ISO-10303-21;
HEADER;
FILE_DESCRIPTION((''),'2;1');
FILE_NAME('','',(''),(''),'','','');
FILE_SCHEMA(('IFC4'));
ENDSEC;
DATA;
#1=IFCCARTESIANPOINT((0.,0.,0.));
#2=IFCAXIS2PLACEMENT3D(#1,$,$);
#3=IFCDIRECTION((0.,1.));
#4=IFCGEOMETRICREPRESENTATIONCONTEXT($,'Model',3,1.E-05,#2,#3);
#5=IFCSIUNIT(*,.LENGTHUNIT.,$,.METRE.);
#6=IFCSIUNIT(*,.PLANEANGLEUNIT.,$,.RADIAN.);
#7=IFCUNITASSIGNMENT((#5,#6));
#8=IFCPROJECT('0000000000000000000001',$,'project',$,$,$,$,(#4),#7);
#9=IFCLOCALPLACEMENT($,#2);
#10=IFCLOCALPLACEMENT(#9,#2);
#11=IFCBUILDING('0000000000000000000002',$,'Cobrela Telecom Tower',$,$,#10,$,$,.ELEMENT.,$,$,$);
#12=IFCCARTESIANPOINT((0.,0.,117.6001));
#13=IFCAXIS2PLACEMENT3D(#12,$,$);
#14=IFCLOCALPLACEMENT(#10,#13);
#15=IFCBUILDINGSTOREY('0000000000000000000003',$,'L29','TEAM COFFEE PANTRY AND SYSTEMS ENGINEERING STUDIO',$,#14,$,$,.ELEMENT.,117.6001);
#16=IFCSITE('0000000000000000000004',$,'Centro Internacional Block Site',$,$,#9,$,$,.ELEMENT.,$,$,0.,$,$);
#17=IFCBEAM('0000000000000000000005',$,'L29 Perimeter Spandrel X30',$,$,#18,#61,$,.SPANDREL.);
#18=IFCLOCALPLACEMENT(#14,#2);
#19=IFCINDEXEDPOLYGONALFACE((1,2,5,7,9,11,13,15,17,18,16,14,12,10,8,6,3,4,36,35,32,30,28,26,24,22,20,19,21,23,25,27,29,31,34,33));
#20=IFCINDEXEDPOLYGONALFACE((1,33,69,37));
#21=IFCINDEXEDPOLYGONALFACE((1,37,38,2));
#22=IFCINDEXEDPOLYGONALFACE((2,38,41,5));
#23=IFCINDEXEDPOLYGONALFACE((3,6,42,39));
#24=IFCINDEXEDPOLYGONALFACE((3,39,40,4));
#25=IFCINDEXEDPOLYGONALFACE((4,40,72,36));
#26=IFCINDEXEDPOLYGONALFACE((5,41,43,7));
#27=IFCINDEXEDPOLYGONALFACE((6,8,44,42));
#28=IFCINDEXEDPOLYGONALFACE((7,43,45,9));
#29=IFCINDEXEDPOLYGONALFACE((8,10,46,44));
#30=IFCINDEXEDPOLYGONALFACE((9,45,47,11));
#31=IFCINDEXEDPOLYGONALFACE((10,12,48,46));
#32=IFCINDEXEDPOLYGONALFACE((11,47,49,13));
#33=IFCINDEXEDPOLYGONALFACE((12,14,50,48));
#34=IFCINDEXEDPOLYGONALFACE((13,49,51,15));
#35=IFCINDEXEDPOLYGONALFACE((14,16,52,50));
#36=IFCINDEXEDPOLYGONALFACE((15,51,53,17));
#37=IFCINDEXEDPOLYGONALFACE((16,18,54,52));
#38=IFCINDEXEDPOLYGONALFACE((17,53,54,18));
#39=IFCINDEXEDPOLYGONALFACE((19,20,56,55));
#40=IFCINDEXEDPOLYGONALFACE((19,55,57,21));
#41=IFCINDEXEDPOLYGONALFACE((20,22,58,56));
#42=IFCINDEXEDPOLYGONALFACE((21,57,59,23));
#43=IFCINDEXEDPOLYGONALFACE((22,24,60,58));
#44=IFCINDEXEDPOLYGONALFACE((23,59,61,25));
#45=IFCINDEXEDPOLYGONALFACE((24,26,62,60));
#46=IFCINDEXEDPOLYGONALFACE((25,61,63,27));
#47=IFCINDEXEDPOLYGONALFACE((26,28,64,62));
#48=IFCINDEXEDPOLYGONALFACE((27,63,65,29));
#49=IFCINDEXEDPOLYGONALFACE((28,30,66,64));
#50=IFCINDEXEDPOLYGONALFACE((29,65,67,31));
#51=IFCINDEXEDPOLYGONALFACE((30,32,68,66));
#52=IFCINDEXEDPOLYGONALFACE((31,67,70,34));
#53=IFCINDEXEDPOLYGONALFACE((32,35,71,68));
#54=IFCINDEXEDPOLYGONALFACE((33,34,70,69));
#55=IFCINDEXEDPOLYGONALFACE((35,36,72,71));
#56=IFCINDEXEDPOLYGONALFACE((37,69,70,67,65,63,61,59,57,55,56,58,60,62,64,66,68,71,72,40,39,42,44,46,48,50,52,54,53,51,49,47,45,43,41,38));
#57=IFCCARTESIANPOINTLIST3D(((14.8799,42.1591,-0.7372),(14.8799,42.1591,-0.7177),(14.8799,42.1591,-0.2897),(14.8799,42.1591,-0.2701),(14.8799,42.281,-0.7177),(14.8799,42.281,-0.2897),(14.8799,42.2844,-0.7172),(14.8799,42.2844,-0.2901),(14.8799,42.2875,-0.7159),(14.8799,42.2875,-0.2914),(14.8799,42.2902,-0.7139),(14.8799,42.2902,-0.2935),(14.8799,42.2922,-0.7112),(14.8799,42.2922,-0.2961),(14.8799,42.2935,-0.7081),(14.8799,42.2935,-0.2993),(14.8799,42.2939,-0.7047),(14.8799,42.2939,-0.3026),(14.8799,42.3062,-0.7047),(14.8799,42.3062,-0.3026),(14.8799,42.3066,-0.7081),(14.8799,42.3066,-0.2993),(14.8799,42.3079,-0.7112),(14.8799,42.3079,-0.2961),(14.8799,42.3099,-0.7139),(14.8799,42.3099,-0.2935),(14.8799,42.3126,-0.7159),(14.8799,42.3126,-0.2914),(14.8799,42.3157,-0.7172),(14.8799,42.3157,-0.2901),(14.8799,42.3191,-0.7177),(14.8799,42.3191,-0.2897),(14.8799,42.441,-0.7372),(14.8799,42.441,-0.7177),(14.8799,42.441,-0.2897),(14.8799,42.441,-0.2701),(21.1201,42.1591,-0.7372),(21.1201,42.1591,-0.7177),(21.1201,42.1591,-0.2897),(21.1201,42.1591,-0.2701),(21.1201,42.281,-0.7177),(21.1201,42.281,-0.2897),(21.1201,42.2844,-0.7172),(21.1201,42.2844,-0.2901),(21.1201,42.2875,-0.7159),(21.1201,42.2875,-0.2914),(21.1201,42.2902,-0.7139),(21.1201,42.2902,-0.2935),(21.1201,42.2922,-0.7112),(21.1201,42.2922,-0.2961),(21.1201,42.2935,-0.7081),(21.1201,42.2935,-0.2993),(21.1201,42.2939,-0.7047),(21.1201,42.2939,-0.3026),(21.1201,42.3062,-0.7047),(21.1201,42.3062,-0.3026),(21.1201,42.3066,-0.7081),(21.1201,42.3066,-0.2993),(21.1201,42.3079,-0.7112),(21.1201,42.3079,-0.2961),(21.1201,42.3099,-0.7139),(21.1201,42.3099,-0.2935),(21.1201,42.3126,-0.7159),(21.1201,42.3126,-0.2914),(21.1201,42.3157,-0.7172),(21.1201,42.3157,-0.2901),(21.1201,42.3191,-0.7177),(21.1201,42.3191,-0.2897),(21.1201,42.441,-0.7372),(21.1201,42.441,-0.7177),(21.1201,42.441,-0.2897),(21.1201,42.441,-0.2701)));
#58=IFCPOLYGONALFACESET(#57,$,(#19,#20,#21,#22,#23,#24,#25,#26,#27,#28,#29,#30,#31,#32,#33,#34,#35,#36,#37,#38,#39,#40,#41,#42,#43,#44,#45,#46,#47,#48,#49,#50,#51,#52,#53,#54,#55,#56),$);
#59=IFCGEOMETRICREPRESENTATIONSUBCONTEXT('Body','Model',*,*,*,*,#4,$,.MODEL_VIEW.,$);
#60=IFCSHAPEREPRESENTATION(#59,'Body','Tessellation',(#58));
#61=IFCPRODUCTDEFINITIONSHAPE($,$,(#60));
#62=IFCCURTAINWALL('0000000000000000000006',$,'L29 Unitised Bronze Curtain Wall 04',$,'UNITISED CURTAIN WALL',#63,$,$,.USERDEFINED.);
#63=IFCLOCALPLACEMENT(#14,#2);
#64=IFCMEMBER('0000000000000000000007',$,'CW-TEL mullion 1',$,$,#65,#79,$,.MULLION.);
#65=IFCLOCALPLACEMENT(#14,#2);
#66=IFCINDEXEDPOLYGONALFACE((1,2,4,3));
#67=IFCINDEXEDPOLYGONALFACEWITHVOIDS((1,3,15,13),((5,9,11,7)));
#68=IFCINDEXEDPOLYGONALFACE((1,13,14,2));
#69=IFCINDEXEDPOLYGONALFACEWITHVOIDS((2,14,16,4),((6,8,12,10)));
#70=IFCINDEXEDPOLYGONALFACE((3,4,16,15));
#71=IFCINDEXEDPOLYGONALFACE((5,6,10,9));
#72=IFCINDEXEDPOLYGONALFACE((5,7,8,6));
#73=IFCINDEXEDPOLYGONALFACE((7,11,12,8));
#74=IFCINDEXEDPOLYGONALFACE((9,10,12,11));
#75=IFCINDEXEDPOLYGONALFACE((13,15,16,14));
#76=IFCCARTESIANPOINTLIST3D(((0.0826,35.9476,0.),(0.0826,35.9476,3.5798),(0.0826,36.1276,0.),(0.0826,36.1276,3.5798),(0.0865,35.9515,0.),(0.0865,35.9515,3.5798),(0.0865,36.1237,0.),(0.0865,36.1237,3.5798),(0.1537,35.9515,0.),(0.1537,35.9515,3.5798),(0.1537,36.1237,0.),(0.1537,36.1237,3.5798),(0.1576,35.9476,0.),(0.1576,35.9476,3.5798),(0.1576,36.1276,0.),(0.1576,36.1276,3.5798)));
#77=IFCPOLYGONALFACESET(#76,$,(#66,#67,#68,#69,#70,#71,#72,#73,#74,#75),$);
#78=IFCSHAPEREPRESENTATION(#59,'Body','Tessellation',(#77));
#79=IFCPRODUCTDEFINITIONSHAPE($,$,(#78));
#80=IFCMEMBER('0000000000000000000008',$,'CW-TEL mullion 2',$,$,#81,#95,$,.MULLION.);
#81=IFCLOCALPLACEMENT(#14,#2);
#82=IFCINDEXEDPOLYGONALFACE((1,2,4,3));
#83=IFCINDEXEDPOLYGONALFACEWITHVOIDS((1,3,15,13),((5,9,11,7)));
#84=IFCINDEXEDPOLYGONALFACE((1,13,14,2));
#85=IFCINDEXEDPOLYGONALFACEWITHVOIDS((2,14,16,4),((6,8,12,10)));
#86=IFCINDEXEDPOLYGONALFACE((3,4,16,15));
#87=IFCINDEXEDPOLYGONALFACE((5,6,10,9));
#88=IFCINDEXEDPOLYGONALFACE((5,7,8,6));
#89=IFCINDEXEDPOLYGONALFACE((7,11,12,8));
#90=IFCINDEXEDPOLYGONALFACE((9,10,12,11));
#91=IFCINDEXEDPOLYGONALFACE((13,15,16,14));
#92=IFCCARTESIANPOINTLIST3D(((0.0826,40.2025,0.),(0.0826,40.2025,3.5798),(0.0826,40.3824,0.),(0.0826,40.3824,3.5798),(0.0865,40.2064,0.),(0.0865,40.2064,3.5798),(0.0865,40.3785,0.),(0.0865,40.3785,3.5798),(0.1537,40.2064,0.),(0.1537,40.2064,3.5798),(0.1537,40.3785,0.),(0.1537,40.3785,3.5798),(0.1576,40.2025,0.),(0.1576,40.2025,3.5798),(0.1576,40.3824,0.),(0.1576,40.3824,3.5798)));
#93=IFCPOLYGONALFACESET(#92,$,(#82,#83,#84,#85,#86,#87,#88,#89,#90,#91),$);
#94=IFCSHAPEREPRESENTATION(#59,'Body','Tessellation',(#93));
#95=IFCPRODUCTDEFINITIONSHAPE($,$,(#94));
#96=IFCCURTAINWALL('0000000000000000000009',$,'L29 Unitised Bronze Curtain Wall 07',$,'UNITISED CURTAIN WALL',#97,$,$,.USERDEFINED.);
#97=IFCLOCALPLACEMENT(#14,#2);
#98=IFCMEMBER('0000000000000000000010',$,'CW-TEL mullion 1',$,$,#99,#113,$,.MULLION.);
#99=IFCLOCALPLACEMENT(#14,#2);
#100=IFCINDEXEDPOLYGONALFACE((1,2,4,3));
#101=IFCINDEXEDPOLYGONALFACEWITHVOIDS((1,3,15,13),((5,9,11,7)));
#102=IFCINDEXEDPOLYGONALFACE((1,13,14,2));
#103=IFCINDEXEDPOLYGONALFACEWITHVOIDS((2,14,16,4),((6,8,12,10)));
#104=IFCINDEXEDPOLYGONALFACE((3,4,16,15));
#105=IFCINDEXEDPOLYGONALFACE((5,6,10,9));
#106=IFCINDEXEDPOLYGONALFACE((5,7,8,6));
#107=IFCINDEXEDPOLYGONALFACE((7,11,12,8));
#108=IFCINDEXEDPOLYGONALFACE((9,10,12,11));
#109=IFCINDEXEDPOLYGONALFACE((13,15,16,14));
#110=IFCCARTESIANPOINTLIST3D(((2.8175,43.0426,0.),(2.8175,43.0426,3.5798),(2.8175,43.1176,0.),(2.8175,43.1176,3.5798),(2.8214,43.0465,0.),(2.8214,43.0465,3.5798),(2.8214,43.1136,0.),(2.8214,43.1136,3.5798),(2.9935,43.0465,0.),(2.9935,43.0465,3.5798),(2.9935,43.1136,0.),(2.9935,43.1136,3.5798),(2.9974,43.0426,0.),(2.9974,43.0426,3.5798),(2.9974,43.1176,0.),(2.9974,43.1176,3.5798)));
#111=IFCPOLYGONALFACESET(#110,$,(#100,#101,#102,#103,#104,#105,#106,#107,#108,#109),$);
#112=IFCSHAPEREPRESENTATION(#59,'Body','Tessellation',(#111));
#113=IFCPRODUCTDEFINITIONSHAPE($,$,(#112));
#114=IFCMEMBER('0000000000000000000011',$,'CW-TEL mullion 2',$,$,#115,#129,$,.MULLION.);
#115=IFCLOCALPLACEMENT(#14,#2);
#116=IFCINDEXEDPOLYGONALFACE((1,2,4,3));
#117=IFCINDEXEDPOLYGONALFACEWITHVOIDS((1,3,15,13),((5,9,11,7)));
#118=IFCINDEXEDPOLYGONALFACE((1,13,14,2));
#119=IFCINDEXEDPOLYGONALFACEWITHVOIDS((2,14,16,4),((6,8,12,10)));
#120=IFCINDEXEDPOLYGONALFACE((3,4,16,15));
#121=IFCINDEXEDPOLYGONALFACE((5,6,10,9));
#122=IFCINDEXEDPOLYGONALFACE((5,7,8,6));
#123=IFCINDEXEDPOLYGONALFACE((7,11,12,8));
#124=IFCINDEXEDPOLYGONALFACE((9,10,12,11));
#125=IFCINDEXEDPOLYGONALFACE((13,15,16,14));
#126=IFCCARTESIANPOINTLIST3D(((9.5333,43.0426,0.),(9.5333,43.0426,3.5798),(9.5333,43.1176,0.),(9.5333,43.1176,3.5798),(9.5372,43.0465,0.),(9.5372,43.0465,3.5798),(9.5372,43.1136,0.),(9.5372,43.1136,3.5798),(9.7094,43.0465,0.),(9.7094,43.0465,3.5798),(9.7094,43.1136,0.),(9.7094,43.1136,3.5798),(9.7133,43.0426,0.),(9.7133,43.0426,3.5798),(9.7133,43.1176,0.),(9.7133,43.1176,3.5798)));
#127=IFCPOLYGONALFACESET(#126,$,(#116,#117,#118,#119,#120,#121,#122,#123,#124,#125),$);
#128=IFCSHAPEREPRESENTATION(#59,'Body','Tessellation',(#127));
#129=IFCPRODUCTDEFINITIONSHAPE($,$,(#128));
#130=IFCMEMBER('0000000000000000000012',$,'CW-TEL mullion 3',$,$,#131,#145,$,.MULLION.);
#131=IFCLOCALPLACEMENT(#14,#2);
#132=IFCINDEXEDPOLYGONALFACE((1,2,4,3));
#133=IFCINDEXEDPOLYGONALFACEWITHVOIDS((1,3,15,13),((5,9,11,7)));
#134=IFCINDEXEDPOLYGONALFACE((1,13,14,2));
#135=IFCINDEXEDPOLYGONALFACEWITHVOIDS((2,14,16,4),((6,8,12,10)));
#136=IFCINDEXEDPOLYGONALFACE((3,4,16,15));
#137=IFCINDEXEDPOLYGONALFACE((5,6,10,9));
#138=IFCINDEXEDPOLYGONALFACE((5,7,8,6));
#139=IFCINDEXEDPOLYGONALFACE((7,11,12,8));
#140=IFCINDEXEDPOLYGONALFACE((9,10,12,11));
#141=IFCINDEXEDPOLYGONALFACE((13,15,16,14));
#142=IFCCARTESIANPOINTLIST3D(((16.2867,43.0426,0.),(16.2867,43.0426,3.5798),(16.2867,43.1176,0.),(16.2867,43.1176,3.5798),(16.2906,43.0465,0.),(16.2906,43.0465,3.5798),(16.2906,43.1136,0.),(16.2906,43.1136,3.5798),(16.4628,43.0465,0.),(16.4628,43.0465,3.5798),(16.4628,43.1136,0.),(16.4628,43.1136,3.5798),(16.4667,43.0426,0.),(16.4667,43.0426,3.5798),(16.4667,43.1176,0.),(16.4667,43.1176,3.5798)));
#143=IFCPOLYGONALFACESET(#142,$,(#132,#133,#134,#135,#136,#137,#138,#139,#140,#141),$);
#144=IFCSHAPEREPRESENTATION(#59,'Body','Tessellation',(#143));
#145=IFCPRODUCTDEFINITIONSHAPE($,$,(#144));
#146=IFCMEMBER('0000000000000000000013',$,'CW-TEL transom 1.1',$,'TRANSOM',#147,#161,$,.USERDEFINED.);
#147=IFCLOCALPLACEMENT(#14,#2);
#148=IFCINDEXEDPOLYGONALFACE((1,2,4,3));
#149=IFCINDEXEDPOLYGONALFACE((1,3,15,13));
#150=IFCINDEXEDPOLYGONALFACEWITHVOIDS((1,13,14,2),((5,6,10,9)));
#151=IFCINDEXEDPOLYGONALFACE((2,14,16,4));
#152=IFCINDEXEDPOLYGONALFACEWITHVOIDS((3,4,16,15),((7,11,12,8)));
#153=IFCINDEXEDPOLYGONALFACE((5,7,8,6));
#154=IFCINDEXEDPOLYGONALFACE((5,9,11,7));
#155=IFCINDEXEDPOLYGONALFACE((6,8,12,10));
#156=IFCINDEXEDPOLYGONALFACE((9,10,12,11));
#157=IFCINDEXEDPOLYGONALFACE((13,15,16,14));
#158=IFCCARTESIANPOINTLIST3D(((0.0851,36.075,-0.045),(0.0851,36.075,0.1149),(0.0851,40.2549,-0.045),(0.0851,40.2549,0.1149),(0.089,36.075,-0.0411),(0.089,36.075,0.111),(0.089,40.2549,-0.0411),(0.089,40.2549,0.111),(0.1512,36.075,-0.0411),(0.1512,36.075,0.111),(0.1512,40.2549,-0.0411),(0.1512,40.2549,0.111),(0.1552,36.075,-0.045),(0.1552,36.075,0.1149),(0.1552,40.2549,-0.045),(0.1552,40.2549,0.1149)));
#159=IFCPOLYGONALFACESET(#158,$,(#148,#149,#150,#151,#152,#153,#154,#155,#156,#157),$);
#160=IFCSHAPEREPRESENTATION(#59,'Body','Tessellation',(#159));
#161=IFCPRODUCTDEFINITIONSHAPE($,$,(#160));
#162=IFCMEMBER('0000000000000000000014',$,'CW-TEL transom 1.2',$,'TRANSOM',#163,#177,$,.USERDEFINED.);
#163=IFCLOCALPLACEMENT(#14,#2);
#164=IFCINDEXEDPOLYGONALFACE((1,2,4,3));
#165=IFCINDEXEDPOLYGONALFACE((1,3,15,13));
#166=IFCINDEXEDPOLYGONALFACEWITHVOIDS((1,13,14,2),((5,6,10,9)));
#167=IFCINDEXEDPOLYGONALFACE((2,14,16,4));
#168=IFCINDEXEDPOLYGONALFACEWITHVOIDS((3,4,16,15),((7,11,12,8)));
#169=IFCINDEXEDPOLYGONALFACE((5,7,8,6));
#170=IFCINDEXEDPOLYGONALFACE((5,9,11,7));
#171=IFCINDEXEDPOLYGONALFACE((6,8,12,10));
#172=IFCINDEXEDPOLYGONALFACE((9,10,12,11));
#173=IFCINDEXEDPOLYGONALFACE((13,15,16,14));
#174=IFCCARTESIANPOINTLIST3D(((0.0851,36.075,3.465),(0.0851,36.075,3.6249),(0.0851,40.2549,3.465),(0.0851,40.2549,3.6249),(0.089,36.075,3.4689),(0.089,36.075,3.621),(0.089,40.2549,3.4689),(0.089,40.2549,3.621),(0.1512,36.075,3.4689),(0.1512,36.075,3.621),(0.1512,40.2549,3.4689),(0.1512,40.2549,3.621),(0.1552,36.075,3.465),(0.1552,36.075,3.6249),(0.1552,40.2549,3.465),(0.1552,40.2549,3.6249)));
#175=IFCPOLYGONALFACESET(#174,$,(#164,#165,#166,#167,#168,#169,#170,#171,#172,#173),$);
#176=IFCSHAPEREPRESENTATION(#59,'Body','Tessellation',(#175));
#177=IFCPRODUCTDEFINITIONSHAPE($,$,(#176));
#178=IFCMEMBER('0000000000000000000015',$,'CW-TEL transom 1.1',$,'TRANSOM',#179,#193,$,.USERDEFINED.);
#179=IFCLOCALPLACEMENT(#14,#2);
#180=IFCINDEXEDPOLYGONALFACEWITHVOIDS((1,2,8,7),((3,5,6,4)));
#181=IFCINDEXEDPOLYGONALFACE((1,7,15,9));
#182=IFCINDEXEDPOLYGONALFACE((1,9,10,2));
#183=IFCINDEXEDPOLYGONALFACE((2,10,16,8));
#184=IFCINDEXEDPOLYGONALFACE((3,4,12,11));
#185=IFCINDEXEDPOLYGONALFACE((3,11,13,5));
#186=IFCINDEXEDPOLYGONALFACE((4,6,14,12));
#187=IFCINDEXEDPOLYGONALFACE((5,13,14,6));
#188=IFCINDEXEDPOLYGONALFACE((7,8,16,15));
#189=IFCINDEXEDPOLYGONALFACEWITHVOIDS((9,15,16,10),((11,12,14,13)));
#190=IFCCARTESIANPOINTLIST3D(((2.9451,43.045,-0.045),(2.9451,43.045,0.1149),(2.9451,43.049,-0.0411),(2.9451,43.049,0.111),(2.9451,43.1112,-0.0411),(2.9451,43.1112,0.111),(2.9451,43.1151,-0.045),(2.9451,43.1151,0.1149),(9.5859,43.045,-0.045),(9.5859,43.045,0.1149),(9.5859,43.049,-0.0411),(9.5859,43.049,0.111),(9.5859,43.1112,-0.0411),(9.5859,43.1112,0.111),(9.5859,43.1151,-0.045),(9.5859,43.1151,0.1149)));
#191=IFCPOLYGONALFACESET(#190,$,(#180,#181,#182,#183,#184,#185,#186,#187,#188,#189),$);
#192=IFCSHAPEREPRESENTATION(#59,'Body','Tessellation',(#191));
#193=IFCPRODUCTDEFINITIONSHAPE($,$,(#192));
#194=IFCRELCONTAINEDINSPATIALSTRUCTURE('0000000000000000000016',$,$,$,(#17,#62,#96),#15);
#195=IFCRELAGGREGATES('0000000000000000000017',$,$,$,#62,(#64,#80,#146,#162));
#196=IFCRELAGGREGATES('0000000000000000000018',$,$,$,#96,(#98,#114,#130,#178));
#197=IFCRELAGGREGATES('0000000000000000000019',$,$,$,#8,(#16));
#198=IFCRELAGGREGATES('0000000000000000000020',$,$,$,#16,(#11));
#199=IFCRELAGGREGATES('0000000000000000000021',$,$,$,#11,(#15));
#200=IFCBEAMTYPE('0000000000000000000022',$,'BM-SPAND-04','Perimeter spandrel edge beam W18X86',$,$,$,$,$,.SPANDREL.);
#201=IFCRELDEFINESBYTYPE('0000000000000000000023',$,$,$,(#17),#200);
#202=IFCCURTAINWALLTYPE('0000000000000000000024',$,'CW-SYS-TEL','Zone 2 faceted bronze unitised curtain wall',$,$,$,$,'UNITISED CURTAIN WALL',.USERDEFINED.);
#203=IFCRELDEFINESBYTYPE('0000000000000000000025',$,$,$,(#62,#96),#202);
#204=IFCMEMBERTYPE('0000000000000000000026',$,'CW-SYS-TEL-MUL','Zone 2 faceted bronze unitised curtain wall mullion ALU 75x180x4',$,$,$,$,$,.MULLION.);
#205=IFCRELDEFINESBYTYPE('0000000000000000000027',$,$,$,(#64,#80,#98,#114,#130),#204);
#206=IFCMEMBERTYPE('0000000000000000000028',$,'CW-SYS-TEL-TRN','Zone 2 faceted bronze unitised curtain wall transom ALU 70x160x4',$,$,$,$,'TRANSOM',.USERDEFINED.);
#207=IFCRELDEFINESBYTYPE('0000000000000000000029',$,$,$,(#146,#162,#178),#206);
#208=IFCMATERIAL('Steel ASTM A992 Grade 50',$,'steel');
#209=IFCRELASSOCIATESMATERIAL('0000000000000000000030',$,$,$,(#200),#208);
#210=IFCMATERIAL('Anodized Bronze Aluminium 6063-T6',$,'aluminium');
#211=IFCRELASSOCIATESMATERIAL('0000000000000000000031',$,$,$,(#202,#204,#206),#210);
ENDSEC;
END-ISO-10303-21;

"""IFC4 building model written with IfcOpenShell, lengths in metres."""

from ifc_helpers import new_model, si_unit, direction, frame, origin, origin_2d, place, context, subcontext, project, spatial, hollow_rectangle, i_section, extrude, material, material_profile, profile_set, type_object, element, aggregate, save


model = new_model("IFC4")

# Units and contexts
model_context = context("Model", 3, precision=1e-05, world=origin(), true_north=direction((0.0, 1.0)))
body_context = subcontext(model_context, "Body", "Model", "MODEL_VIEW")
ifc_project = project(units=[si_unit("LENGTHUNIT", "METRE"), si_unit("PLANEANGLEUNIT", "RADIAN")], contexts=[model_context])

# Site, building, storey
site_placement = place(None, origin())
site = spatial("IfcSite", under=ifc_project, at=site_placement, Name="Centro Internacional Block Site", CompositionType="ELEMENT", RefElevation=0.0)
building_placement = place(site_placement, origin())
building = spatial("IfcBuilding", under=site, at=building_placement, Name="Cobrela Telecom Tower", CompositionType="ELEMENT")
storey_placement = place(building_placement, frame((0.0, 0.0, 117.6001)))
storey = spatial("IfcBuildingStorey", under=building, at=storey_placement, Name="L29", Description="TEAM COFFEE PANTRY AND SYSTEMS ENGINEERING STUDIO", CompositionType="ELEMENT", Elevation=117.6001)

# Beam
ifc_material_1 = material(Name="Steel ASTM A992 Grade 50", Category="steel")
ifc_material_profile_1 = material_profile(ifc_material_1, i_section(OverallWidth=0.282, OverallDepth=0.467, WebThickness=0.0122, FlangeThickness=0.0195, FilletRadius=0.0129, at=origin_2d()), Name="W18X86")
ifc_profile_set_1 = profile_set([ifc_material_profile_1], Name="Steel ASTM A992 Grade 50")
beam_type_1 = type_object("IfcBeamType", Name="BM-SPAND-04", Description="Perimeter spandrel edge beam W18X86", PredefinedType="SPANDREL", material=ifc_profile_set_1)
beam_1_placement = place(storey_placement, frame((14.8799, 42.3, -0.5037), z_axis=(1.0, 0.0, 0.0), x_axis=(0.0, 1.0, 0.0)))
element("IfcBeam", 1, at=beam_1_placement, inside=storey, type_object=beam_type_1, Name="L29 Perimeter Spandrel X30", PredefinedType="SPANDREL", context=body_context, shape_type="SweptSolid", body=[
    extrude(i_section(OverallWidth=0.282, OverallDepth=0.467, WebThickness=0.0122, FlangeThickness=0.0195, FilletRadius=0.0129, at=origin_2d()), origin(), (0.0, 0.0, 1.0), 6.2402),
])

# Curtain walls, members
ifc_material_2 = material(Name="Anodized Bronze Aluminium 6063-T6", Category="aluminium")
curtain_wall_type = type_object("IfcCurtainWallType", Name="CW-SYS-TEL", Description="Zone 2 faceted bronze unitised curtain wall", ElementType="UNITISED CURTAIN WALL", PredefinedType="USERDEFINED", material=ifc_material_2)
curtain_wall_1_placement = place(storey_placement, origin())
curtain_wall_1 = element("IfcCurtainWall", 2, at=curtain_wall_1_placement, inside=storey, type_object=curtain_wall_type, Name="L29 Unitised Bronze Curtain Wall 04", ObjectType="UNITISED CURTAIN WALL", PredefinedType="USERDEFINED")
ifc_material_profile_2 = material_profile(ifc_material_2, hollow_rectangle(XDim=0.075, YDim=0.1799, WallThickness=0.0039, at=origin_2d()), Name="ALU 75x180x4")
ifc_profile_set_2 = profile_set([ifc_material_profile_2], Name="Anodized Bronze Aluminium 6063-T6")
member_type_1 = type_object("IfcMemberType", Name="CW-SYS-TEL-MUL", Description="Zone 2 faceted bronze unitised curtain wall mullion ALU 75x180x4", PredefinedType="MULLION", material=ifc_profile_set_2)
member_1_placement = place(storey_placement, frame((0.1201, 36.0376, 0.0), z_axis=(0.0, 0.0, 1.0), x_axis=(-1.0, 0.0, 0.0)))
member_1 = element("IfcMember", 3, at=member_1_placement, type_object=member_type_1, Name="CW-TEL mullion 1", PredefinedType="MULLION", context=body_context, shape_type="SweptSolid", body=[
    extrude(hollow_rectangle(XDim=0.075, YDim=0.1799, WallThickness=0.0039, at=origin_2d()), origin(), (0.0, 0.0, 1.0), 3.5798),
])
member_2_placement = place(storey_placement, frame((0.1201, 40.2925, 0.0), z_axis=(0.0, 0.0, 1.0), x_axis=(-1.0, 0.0, 0.0)))
member_2 = element("IfcMember", 4, at=member_2_placement, type_object=member_type_1, Name="CW-TEL mullion 2", PredefinedType="MULLION", context=body_context, shape_type="SweptSolid", body=[
    extrude(hollow_rectangle(XDim=0.075, YDim=0.1799, WallThickness=0.0039, at=origin_2d()), origin(), (0.0, 0.0, 1.0), 3.5798),
])
curtain_wall_2_placement = place(storey_placement, origin())
curtain_wall_2 = element("IfcCurtainWall", 5, at=curtain_wall_2_placement, inside=storey, type_object=curtain_wall_type, Name="L29 Unitised Bronze Curtain Wall 07", ObjectType="UNITISED CURTAIN WALL", PredefinedType="USERDEFINED")
member_3_placement = place(storey_placement, frame((2.9075, 43.0801, 0.0), z_axis=(0.0, 0.0, 1.0), x_axis=(0.0, 1.0, 0.0)))
member_3 = element("IfcMember", 6, at=member_3_placement, type_object=member_type_1, Name="CW-TEL mullion 1", PredefinedType="MULLION", context=body_context, shape_type="SweptSolid", body=[
    extrude(hollow_rectangle(XDim=0.075, YDim=0.1799, WallThickness=0.0039, at=origin_2d()), origin(), (0.0, 0.0, 1.0), 3.5798),
])
member_4_placement = place(storey_placement, frame((9.6233, 43.0801, 0.0), z_axis=(0.0, 0.0, 1.0), x_axis=(0.0, 1.0, 0.0)))
member_4 = element("IfcMember", 7, at=member_4_placement, type_object=member_type_1, Name="CW-TEL mullion 2", PredefinedType="MULLION", context=body_context, shape_type="SweptSolid", body=[
    extrude(hollow_rectangle(XDim=0.075, YDim=0.1799, WallThickness=0.0039, at=origin_2d()), origin(), (0.0, 0.0, 1.0), 3.5798),
])
member_5_placement = place(storey_placement, frame((16.3767, 43.0801, 0.0), z_axis=(0.0, 0.0, 1.0), x_axis=(0.0, 1.0, 0.0)))
member_5 = element("IfcMember", 8, at=member_5_placement, type_object=member_type_1, Name="CW-TEL mullion 3", PredefinedType="MULLION", context=body_context, shape_type="SweptSolid", body=[
    extrude(hollow_rectangle(XDim=0.075, YDim=0.1799, WallThickness=0.0039, at=origin_2d()), origin(), (0.0, 0.0, 1.0), 3.5798),
])

# Members
ifc_material_profile_3 = material_profile(ifc_material_2, hollow_rectangle(XDim=0.0701, YDim=0.1599, WallThickness=0.0039, at=origin_2d()), Name="ALU 70x160x4")
ifc_profile_set_3 = profile_set([ifc_material_profile_3], Name="Anodized Bronze Aluminium 6063-T6")
member_type_2 = type_object("IfcMemberType", Name="CW-SYS-TEL-TRN", Description="Zone 2 faceted bronze unitised curtain wall transom ALU 70x160x4", ElementType="TRANSOM", PredefinedType="USERDEFINED", material=ifc_profile_set_3)
member_6_placement = place(storey_placement, frame((0.1201, 36.075, 0.0349), z_axis=(0.0, 1.0, 0.0), x_axis=(-1.0, 0.0, 0.0)))
member_6 = element("IfcMember", 9, at=member_6_placement, type_object=member_type_2, Name="CW-TEL transom 1.1", ObjectType="TRANSOM", PredefinedType="USERDEFINED", context=body_context, shape_type="SweptSolid", body=[
    extrude(hollow_rectangle(XDim=0.0701, YDim=0.1599, WallThickness=0.0039, at=origin_2d()), origin(), (0.0, 0.0, 1.0), 4.1799),
])
member_7_placement = place(storey_placement, frame((0.1201, 36.075, 3.5449), z_axis=(0.0, 1.0, 0.0), x_axis=(-1.0, 0.0, 0.0)))
member_7 = element("IfcMember", 10, at=member_7_placement, type_object=member_type_2, Name="CW-TEL transom 1.2", ObjectType="TRANSOM", PredefinedType="USERDEFINED", context=body_context, shape_type="SweptSolid", body=[
    extrude(hollow_rectangle(XDim=0.0701, YDim=0.1599, WallThickness=0.0039, at=origin_2d()), origin(), (0.0, 0.0, 1.0), 4.1799),
])
member_8_placement = place(storey_placement, frame((2.9451, 43.0801, 0.0349), z_axis=(1.0, 0.0, 0.0), x_axis=(0.0, 1.0, 0.0)))
member_8 = element("IfcMember", 11, at=member_8_placement, type_object=member_type_2, Name="CW-TEL transom 1.1", ObjectType="TRANSOM", PredefinedType="USERDEFINED", context=body_context, shape_type="SweptSolid", body=[
    extrude(hollow_rectangle(XDim=0.0701, YDim=0.1599, WallThickness=0.0039, at=origin_2d()), origin(), (0.0, 0.0, 1.0), 6.6409),
])

aggregate(curtain_wall_1, [member_1, member_2, member_6, member_7])
aggregate(curtain_wall_2, [member_3, member_4, member_5, member_8])

save(model, "model.ifc")
